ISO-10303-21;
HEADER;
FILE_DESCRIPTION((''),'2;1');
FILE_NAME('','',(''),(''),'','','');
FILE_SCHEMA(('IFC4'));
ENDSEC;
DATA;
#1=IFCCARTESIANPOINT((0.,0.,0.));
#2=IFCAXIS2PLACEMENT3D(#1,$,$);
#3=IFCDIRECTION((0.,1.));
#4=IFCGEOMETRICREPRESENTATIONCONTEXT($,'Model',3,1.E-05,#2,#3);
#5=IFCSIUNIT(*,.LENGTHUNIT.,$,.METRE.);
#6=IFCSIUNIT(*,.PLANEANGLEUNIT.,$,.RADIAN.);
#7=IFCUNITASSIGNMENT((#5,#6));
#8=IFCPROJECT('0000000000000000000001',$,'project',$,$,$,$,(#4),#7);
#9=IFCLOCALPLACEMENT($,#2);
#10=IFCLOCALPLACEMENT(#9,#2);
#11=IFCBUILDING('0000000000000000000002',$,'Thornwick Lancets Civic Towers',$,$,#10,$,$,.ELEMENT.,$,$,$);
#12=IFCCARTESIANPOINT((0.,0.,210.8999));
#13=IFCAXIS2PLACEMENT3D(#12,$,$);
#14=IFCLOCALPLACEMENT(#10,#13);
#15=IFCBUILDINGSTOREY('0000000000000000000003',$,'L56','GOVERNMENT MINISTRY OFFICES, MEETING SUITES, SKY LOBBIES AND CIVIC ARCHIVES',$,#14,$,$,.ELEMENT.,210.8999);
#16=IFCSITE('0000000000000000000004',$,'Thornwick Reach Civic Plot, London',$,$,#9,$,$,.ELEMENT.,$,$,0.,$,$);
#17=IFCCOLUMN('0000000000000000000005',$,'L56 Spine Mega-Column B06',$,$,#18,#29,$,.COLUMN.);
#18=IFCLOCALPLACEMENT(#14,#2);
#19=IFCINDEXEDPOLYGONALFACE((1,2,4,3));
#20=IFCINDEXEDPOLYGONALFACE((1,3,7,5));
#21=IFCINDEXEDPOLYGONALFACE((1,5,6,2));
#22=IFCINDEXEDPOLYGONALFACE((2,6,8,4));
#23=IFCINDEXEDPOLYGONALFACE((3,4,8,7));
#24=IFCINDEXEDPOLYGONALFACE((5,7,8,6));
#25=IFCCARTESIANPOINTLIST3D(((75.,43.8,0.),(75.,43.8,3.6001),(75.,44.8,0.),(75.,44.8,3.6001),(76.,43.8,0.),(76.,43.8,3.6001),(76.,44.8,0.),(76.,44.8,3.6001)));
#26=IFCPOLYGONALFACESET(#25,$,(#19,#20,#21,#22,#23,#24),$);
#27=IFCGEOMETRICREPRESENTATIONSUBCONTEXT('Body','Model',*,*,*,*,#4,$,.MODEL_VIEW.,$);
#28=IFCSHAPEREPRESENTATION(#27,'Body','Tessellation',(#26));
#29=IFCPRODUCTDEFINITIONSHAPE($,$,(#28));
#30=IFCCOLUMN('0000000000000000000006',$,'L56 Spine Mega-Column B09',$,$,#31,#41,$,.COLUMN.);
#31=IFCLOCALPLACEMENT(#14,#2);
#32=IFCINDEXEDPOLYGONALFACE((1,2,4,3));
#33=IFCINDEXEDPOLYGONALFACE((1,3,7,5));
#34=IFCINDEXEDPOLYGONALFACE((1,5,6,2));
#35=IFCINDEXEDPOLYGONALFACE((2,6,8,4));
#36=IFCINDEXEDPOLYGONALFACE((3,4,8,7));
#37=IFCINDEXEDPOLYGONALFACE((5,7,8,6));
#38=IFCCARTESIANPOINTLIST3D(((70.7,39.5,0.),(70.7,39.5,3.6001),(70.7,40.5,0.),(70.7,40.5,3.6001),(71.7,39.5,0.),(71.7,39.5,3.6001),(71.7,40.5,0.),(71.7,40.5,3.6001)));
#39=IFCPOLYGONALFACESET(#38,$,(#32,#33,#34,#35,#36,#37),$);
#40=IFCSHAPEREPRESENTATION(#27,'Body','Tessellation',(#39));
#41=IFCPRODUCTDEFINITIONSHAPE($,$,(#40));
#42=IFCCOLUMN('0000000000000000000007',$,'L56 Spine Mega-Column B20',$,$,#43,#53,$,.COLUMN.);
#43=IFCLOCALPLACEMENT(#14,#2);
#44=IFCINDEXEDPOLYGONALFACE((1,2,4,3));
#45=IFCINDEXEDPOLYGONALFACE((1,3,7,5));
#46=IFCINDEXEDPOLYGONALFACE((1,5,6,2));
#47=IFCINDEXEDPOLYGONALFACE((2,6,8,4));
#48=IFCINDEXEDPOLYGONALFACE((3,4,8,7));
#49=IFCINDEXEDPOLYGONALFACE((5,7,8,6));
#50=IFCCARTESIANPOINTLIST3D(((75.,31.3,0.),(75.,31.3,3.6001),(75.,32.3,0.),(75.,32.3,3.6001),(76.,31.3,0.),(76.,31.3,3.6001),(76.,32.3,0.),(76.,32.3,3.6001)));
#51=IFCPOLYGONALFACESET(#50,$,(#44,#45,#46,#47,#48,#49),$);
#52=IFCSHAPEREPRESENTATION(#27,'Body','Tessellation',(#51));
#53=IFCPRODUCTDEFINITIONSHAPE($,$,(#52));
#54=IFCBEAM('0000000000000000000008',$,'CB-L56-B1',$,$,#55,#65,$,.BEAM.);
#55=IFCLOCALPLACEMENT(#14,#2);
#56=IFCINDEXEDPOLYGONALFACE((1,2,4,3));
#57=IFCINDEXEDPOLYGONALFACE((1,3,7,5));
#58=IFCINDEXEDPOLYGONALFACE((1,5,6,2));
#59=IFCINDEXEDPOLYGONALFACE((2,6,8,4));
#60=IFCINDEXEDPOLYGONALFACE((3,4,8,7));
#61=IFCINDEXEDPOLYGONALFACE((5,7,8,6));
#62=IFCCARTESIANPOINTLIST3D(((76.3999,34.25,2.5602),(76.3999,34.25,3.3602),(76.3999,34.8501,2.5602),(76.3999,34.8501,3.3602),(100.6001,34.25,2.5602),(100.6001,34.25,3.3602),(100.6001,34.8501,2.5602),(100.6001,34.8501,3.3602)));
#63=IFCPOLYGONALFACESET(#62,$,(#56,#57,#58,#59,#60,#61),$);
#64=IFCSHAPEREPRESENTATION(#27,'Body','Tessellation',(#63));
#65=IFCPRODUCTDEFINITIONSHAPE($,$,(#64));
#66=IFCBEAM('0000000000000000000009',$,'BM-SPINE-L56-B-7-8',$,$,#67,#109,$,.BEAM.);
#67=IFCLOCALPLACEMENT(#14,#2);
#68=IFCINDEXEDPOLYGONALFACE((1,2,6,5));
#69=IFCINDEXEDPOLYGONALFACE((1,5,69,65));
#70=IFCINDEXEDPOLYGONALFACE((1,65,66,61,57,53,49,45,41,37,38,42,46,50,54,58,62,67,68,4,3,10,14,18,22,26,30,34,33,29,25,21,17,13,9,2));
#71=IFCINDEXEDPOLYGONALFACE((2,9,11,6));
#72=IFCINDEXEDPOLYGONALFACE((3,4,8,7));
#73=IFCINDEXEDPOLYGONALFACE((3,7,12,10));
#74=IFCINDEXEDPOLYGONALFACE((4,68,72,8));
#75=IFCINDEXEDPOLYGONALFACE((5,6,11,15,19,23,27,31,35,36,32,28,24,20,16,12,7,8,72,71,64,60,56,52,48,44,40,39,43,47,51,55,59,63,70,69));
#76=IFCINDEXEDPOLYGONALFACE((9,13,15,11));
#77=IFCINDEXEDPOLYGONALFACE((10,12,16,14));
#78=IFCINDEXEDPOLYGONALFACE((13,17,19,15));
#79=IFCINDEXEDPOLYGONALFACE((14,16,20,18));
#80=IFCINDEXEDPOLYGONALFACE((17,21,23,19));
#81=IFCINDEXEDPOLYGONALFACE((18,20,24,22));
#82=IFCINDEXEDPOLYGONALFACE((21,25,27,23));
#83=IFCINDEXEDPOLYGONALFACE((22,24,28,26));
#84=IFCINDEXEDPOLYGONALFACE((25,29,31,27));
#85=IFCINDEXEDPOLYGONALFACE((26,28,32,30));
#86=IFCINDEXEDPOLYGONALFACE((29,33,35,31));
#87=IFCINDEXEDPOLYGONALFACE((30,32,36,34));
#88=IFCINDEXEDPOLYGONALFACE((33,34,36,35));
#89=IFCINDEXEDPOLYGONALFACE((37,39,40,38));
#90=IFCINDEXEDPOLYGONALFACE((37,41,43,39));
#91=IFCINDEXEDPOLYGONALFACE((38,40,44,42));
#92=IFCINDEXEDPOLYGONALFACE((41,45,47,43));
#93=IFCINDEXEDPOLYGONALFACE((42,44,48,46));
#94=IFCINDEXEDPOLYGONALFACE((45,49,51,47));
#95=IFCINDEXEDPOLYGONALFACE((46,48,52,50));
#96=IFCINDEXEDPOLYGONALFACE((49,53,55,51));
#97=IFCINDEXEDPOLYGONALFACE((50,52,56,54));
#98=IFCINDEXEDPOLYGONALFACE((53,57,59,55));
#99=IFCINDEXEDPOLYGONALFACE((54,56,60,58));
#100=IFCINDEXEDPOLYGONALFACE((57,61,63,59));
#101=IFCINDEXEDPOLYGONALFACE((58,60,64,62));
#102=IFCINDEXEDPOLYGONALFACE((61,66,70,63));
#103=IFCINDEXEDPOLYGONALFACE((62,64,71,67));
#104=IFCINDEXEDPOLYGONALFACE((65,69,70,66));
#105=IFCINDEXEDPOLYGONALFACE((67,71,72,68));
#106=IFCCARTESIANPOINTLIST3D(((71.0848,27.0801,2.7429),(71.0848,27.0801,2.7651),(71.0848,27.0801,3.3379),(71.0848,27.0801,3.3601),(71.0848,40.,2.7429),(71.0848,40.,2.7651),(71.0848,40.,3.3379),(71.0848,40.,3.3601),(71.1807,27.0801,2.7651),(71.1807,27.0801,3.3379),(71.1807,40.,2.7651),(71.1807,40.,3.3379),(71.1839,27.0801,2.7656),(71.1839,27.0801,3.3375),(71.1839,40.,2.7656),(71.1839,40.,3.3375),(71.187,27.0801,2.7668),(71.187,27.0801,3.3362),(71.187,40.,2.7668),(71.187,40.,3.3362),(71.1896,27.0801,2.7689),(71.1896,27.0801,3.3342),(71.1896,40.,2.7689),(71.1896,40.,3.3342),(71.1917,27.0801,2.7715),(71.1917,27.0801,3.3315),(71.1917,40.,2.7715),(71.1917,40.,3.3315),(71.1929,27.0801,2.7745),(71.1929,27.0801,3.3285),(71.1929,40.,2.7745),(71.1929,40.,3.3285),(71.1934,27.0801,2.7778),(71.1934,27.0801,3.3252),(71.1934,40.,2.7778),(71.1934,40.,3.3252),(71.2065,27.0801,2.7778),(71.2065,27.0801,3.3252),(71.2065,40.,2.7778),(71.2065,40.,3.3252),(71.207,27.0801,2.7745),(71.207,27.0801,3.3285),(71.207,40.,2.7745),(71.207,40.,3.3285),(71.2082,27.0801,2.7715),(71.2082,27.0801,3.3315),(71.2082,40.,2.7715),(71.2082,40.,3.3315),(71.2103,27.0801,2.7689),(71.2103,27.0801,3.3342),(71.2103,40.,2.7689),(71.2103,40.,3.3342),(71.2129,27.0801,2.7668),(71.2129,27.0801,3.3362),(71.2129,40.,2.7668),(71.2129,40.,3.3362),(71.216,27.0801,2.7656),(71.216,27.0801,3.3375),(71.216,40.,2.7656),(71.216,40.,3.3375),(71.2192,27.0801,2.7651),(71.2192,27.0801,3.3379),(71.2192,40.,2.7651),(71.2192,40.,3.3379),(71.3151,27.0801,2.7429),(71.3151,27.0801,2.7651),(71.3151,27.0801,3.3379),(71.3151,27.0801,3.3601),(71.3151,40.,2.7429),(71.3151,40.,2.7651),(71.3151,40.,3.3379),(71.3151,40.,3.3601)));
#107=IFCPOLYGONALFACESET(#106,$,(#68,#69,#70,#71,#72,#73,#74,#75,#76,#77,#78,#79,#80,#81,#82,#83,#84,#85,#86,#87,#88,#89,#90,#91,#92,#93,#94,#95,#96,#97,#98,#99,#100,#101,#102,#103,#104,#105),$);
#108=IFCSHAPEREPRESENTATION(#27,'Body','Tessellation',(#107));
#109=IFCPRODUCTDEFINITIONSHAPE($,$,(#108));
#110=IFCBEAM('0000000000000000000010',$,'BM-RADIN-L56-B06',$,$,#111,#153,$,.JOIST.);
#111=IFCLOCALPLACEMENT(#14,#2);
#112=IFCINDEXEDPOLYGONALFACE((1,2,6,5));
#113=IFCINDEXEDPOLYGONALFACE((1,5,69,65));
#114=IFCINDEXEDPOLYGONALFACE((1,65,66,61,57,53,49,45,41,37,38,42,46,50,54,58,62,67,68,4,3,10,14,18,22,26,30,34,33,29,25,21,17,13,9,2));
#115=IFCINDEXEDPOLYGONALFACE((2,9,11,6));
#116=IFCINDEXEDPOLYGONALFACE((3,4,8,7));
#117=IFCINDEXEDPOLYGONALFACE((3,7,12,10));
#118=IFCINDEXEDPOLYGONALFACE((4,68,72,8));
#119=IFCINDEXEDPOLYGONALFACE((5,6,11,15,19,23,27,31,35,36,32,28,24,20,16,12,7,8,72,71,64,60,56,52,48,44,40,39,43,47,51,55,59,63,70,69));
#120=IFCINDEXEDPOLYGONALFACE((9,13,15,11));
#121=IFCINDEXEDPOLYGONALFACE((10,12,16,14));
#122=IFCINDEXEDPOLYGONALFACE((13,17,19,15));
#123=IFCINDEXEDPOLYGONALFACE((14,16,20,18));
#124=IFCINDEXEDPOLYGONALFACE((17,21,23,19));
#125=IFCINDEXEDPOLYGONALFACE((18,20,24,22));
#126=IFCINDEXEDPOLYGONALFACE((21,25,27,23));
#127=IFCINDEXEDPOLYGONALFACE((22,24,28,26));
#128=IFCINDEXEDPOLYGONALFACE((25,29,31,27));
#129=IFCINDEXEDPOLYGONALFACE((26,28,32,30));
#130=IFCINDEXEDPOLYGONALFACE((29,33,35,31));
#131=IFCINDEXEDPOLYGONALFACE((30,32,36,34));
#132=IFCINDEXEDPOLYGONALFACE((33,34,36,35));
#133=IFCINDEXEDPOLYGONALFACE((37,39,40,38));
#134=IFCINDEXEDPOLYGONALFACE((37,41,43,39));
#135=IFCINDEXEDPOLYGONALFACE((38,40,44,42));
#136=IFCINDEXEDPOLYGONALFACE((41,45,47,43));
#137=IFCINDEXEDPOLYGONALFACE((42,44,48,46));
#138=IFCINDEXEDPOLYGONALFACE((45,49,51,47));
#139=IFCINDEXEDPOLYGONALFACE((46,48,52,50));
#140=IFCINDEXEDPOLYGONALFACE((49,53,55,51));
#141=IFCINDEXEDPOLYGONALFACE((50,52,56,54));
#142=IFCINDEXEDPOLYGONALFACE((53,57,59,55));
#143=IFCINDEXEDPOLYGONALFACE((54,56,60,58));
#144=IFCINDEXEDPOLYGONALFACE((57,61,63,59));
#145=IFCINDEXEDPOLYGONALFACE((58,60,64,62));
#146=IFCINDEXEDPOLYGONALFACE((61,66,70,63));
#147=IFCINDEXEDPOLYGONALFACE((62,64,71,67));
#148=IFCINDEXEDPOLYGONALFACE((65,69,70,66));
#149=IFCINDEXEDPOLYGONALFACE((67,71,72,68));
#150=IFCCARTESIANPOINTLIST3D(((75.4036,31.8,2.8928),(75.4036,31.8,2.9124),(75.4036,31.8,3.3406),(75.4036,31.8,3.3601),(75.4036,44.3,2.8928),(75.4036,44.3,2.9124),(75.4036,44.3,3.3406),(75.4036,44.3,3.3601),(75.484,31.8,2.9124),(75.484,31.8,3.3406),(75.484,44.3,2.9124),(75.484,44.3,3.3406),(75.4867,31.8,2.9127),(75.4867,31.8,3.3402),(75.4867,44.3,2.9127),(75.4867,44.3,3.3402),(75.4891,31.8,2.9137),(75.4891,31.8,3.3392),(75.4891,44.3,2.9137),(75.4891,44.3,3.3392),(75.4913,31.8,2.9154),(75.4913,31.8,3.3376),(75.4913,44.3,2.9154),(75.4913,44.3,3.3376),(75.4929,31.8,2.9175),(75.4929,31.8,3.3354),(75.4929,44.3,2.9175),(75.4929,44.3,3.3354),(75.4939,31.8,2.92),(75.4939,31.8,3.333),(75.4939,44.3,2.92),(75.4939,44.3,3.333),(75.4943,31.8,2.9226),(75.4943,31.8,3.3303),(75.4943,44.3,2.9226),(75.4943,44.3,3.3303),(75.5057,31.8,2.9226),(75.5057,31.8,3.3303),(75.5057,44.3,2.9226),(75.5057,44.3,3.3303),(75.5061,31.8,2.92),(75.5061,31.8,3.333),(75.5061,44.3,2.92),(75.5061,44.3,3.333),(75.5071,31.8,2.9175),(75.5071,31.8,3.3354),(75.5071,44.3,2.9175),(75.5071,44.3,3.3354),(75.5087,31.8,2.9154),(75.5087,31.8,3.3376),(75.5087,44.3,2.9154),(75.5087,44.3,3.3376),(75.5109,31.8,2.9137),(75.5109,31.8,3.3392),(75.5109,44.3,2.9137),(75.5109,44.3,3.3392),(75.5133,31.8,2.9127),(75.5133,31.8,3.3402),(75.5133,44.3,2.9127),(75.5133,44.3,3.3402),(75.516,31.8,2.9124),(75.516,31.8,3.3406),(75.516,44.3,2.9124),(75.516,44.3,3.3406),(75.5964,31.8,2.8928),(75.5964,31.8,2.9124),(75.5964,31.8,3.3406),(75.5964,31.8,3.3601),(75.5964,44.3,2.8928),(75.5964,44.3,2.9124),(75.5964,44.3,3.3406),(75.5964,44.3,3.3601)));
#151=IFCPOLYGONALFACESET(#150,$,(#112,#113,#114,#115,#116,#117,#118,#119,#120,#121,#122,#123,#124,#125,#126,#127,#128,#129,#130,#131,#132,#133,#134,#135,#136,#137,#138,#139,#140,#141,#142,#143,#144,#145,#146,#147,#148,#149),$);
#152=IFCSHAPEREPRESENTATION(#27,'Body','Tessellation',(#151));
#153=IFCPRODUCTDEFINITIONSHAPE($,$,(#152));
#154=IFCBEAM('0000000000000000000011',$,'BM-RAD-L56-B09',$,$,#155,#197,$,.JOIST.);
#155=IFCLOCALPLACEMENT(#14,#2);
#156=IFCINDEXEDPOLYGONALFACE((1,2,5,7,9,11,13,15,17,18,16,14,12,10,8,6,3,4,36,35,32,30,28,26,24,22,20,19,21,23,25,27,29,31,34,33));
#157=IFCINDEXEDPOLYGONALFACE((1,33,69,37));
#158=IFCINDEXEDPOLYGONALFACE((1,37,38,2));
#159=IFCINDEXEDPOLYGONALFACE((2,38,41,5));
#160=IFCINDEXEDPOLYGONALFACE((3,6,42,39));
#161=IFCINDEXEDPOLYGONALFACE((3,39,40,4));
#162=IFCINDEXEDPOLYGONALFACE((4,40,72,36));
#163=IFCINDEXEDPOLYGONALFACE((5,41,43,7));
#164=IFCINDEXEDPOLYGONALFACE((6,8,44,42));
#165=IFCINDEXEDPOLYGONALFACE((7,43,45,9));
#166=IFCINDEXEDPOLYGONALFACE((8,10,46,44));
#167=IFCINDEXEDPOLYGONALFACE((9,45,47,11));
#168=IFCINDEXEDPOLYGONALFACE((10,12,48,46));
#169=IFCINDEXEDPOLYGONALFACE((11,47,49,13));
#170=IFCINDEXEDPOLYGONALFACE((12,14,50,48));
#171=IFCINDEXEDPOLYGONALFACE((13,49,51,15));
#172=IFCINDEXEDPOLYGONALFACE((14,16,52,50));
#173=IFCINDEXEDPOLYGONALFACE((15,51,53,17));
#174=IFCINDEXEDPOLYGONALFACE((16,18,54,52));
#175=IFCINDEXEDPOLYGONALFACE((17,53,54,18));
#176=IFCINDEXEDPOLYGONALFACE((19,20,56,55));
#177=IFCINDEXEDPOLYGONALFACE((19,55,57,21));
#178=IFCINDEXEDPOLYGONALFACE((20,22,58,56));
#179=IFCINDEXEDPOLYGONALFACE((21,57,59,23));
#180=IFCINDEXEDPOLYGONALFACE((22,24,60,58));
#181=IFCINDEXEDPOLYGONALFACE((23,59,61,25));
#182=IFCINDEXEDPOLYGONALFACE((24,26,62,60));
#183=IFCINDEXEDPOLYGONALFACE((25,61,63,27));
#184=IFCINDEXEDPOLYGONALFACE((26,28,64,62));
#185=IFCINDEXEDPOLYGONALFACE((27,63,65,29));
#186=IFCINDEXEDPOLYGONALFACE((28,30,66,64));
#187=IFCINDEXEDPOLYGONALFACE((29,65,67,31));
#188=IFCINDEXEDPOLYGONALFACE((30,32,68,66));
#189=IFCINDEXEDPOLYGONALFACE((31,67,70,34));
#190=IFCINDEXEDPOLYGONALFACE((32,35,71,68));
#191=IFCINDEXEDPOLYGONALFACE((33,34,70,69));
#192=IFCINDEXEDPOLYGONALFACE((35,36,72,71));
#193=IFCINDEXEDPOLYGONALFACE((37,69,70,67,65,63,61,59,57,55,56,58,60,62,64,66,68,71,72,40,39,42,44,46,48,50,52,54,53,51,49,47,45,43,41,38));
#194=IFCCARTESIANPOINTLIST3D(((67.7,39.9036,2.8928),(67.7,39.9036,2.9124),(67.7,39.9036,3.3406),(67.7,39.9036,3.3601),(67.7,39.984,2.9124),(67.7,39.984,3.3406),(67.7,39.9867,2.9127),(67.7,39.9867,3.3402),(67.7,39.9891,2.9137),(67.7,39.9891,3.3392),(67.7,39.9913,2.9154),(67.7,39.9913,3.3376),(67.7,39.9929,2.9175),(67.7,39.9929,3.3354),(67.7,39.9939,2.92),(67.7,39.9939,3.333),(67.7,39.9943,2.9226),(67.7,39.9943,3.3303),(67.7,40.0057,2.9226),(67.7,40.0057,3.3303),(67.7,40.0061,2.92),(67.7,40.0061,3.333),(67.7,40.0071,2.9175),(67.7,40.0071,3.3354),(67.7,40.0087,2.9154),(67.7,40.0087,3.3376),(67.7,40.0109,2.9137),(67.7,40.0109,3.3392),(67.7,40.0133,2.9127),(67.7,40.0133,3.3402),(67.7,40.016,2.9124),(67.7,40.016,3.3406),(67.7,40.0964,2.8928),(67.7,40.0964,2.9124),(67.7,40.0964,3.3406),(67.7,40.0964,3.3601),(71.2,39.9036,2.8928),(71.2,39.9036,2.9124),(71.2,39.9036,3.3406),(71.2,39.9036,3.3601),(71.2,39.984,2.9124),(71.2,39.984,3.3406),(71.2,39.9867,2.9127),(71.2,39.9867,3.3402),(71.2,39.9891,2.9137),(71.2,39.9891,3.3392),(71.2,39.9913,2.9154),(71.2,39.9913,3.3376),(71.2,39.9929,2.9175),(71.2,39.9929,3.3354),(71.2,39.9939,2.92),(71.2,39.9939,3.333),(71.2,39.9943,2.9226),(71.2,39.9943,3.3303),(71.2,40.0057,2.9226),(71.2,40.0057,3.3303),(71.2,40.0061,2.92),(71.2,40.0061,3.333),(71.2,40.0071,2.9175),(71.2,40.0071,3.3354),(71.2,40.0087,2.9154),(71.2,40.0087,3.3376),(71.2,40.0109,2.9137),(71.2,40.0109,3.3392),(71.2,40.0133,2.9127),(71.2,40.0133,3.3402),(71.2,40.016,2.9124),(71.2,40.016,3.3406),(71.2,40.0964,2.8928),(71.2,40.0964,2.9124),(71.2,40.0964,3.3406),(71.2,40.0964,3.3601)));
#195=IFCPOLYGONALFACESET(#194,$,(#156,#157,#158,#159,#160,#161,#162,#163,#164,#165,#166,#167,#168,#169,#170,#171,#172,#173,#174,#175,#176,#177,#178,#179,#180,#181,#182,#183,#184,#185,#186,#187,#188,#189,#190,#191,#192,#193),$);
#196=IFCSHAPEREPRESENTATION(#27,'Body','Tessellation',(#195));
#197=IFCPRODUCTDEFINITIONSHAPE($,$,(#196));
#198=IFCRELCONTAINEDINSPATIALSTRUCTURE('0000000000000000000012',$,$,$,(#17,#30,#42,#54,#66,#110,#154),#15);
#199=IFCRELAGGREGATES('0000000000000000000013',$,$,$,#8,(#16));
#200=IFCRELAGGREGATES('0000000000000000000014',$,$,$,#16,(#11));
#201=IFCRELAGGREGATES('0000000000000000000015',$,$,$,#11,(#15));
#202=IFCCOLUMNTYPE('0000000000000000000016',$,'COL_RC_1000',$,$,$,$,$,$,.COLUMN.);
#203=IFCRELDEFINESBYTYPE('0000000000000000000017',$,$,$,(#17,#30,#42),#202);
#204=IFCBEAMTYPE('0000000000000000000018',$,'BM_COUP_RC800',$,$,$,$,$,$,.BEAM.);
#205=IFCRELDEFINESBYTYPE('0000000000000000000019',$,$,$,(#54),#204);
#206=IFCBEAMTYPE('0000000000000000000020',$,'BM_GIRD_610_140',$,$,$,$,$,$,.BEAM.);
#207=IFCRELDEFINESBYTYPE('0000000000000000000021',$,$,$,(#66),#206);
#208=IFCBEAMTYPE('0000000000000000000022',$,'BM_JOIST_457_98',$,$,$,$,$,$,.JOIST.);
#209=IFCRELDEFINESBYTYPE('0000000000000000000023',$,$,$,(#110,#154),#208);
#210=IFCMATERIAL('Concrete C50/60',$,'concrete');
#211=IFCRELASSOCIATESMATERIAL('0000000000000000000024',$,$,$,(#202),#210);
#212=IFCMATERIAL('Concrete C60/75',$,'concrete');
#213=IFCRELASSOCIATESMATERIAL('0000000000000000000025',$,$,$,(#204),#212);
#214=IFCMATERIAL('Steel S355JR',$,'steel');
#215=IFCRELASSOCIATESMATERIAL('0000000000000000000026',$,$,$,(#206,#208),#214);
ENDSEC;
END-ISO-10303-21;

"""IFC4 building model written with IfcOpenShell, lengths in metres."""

from ifc_helpers import new_model, si_unit, direction, frame, origin, origin_2d, place, context, subcontext, project, spatial, rectangle, i_section, extrude, material, material_profile, profile_set, type_object, element, save


model = new_model("IFC4")

# Units and contexts
model_context = context("Model", 3, precision=1e-05, world=origin(), true_north=direction((0.0, 1.0)))
body_context = subcontext(model_context, "Body", "Model", "MODEL_VIEW")
ifc_project = project(units=[si_unit("LENGTHUNIT", "METRE"), si_unit("PLANEANGLEUNIT", "RADIAN")], contexts=[model_context])

# Site, building, storey
site_placement = place(None, origin())
site = spatial("IfcSite", under=ifc_project, at=site_placement, Name="Thornwick Reach Civic Plot, London", CompositionType="ELEMENT", RefElevation=0.0)
building_placement = place(site_placement, origin())
building = spatial("IfcBuilding", under=site, at=building_placement, Name="Thornwick Lancets Civic Towers", CompositionType="ELEMENT")
storey_placement = place(building_placement, frame((0.0, 0.0, 210.8999)))
storey = spatial("IfcBuildingStorey", under=building, at=storey_placement, Name="L56", Description="GOVERNMENT MINISTRY OFFICES, MEETING SUITES, SKY LOBBIES AND CIVIC ARCHIVES", CompositionType="ELEMENT", Elevation=210.8999)

# Columns
ifc_material_1 = material(Name="Concrete C50/60", Category="concrete")
ifc_material_profile_1 = material_profile(ifc_material_1, rectangle(XDim=1.0, YDim=1.0, at=origin_2d()), Name="RC 1000x1000")
ifc_profile_set_1 = profile_set([ifc_material_profile_1], Name="Concrete C50/60")
column_type = type_object("IfcColumnType", Name="COL_RC_1000", PredefinedType="COLUMN", material=ifc_profile_set_1)
for number, where, z_axis, x_axis, name in (
    (1, (75.5, 44.3, 0.0), (0.0, 0.0, 1.0), (1.0, 0.0, 0.0), "L56 Spine Mega-Column B06"),
    (2, (71.2, 40.0, 0.0), (0.0, 0.0, 1.0), (1.0, 0.0, 0.0), "L56 Spine Mega-Column B09"),
    (3, (75.5, 31.8, 0.0), (0.0, 0.0, 1.0), (1.0, 0.0, 0.0), "L56 Spine Mega-Column B20"),
):
    element("IfcColumn", number, at=place(storey_placement, frame(where, z_axis=z_axis, x_axis=x_axis)), inside=storey, type_object=column_type, Name=name, PredefinedType="COLUMN", context=body_context, shape_type="SweptSolid", body=[
        extrude(rectangle(XDim=1.0, YDim=1.0, at=origin_2d()), origin(), (0.0, 0.0, 1.0), 3.6001),
    ])

# Beams
ifc_material_2 = material(Name="Concrete C60/75", Category="concrete")
ifc_material_profile_2 = material_profile(ifc_material_2, rectangle(XDim=0.6001, YDim=0.8, at=origin_2d()), Name="RC 600x800")
ifc_profile_set_2 = profile_set([ifc_material_profile_2], Name="Concrete C60/75")
beam_type_1 = type_object("IfcBeamType", Name="BM_COUP_RC800", PredefinedType="BEAM", material=ifc_profile_set_2)
beam_1_placement = place(storey_placement, frame((76.3999, 34.55, 2.9602), z_axis=(1.0, 0.0, 0.0), x_axis=(0.0, 1.0, 0.0)))
element("IfcBeam", 4, at=beam_1_placement, inside=storey, type_object=beam_type_1, Name="CB-L56-B1", PredefinedType="BEAM", context=body_context, shape_type="SweptSolid", body=[
    extrude(rectangle(XDim=0.6001, YDim=0.8, at=origin_2d()), origin(), (0.0, 0.0, 1.0), 24.2002),
])
ifc_material_3 = material(Name="Steel S355JR", Category="steel")
ifc_material_profile_3 = material_profile(ifc_material_3, i_section(OverallWidth=0.2302, OverallDepth=0.6172, WebThickness=0.0132, FlangeThickness=0.0222, FilletRadius=0.0127, at=origin_2d()), Name="UKB 610x229x140")
ifc_profile_set_3 = profile_set([ifc_material_profile_3], Name="Steel S355JR")
beam_type_2 = type_object("IfcBeamType", Name="BM_GIRD_610_140", PredefinedType="BEAM", material=ifc_profile_set_3)
beam_2_placement = place(storey_placement, frame((71.2, 27.0801, 3.0515), z_axis=(0.0, 1.0, 0.0), x_axis=(-1.0, 0.0, 0.0)))
element("IfcBeam", 5, at=beam_2_placement, inside=storey, type_object=beam_type_2, Name="BM-SPINE-L56-B-7-8", PredefinedType="BEAM", context=body_context, shape_type="SweptSolid", body=[
    extrude(i_section(OverallWidth=0.2302, OverallDepth=0.6172, WebThickness=0.0132, FlangeThickness=0.0222, FilletRadius=0.0127, at=origin_2d()), origin(), (0.0, 0.0, 1.0), 12.9199),
])
ifc_material_profile_4 = material_profile(ifc_material_3, i_section(OverallWidth=0.1929, OverallDepth=0.4673, WebThickness=0.0115, FlangeThickness=0.0195, FilletRadius=0.0103, at=origin_2d()), Name="UKB 457x191x98")
ifc_profile_set_4 = profile_set([ifc_material_profile_4], Name="Steel S355JR")
beam_type_3 = type_object("IfcBeamType", Name="BM_JOIST_457_98", PredefinedType="JOIST", material=ifc_profile_set_4)
beam_3_placement = place(storey_placement, frame((75.5, 31.8, 3.1265), z_axis=(0.0, 1.0, 0.0), x_axis=(-1.0, 0.0, 0.0)))
element("IfcBeam", 6, at=beam_3_placement, inside=storey, type_object=beam_type_3, Name="BM-RADIN-L56-B06", PredefinedType="JOIST", context=body_context, shape_type="SweptSolid", body=[
    extrude(i_section(OverallWidth=0.1929, OverallDepth=0.4673, WebThickness=0.0115, FlangeThickness=0.0195, FilletRadius=0.0103, at=origin_2d()), origin(), (0.0, 0.0, 1.0), 12.5),
])
beam_4_placement = place(storey_placement, frame((71.2, 40.0, 3.1265), z_axis=(-1.0, 0.0, 0.0), x_axis=(0.0, -1.0, 0.0)))
element("IfcBeam", 7, at=beam_4_placement, inside=storey, type_object=beam_type_3, Name="BM-RAD-L56-B09", PredefinedType="JOIST", context=body_context, shape_type="SweptSolid", body=[
    extrude(i_section(OverallWidth=0.1929, OverallDepth=0.4673, WebThickness=0.0115, FlangeThickness=0.0195, FilletRadius=0.0103, at=origin_2d()), origin(), (0.0, 0.0, 1.0), 3.5),
])

save(model, "model.ifc")
